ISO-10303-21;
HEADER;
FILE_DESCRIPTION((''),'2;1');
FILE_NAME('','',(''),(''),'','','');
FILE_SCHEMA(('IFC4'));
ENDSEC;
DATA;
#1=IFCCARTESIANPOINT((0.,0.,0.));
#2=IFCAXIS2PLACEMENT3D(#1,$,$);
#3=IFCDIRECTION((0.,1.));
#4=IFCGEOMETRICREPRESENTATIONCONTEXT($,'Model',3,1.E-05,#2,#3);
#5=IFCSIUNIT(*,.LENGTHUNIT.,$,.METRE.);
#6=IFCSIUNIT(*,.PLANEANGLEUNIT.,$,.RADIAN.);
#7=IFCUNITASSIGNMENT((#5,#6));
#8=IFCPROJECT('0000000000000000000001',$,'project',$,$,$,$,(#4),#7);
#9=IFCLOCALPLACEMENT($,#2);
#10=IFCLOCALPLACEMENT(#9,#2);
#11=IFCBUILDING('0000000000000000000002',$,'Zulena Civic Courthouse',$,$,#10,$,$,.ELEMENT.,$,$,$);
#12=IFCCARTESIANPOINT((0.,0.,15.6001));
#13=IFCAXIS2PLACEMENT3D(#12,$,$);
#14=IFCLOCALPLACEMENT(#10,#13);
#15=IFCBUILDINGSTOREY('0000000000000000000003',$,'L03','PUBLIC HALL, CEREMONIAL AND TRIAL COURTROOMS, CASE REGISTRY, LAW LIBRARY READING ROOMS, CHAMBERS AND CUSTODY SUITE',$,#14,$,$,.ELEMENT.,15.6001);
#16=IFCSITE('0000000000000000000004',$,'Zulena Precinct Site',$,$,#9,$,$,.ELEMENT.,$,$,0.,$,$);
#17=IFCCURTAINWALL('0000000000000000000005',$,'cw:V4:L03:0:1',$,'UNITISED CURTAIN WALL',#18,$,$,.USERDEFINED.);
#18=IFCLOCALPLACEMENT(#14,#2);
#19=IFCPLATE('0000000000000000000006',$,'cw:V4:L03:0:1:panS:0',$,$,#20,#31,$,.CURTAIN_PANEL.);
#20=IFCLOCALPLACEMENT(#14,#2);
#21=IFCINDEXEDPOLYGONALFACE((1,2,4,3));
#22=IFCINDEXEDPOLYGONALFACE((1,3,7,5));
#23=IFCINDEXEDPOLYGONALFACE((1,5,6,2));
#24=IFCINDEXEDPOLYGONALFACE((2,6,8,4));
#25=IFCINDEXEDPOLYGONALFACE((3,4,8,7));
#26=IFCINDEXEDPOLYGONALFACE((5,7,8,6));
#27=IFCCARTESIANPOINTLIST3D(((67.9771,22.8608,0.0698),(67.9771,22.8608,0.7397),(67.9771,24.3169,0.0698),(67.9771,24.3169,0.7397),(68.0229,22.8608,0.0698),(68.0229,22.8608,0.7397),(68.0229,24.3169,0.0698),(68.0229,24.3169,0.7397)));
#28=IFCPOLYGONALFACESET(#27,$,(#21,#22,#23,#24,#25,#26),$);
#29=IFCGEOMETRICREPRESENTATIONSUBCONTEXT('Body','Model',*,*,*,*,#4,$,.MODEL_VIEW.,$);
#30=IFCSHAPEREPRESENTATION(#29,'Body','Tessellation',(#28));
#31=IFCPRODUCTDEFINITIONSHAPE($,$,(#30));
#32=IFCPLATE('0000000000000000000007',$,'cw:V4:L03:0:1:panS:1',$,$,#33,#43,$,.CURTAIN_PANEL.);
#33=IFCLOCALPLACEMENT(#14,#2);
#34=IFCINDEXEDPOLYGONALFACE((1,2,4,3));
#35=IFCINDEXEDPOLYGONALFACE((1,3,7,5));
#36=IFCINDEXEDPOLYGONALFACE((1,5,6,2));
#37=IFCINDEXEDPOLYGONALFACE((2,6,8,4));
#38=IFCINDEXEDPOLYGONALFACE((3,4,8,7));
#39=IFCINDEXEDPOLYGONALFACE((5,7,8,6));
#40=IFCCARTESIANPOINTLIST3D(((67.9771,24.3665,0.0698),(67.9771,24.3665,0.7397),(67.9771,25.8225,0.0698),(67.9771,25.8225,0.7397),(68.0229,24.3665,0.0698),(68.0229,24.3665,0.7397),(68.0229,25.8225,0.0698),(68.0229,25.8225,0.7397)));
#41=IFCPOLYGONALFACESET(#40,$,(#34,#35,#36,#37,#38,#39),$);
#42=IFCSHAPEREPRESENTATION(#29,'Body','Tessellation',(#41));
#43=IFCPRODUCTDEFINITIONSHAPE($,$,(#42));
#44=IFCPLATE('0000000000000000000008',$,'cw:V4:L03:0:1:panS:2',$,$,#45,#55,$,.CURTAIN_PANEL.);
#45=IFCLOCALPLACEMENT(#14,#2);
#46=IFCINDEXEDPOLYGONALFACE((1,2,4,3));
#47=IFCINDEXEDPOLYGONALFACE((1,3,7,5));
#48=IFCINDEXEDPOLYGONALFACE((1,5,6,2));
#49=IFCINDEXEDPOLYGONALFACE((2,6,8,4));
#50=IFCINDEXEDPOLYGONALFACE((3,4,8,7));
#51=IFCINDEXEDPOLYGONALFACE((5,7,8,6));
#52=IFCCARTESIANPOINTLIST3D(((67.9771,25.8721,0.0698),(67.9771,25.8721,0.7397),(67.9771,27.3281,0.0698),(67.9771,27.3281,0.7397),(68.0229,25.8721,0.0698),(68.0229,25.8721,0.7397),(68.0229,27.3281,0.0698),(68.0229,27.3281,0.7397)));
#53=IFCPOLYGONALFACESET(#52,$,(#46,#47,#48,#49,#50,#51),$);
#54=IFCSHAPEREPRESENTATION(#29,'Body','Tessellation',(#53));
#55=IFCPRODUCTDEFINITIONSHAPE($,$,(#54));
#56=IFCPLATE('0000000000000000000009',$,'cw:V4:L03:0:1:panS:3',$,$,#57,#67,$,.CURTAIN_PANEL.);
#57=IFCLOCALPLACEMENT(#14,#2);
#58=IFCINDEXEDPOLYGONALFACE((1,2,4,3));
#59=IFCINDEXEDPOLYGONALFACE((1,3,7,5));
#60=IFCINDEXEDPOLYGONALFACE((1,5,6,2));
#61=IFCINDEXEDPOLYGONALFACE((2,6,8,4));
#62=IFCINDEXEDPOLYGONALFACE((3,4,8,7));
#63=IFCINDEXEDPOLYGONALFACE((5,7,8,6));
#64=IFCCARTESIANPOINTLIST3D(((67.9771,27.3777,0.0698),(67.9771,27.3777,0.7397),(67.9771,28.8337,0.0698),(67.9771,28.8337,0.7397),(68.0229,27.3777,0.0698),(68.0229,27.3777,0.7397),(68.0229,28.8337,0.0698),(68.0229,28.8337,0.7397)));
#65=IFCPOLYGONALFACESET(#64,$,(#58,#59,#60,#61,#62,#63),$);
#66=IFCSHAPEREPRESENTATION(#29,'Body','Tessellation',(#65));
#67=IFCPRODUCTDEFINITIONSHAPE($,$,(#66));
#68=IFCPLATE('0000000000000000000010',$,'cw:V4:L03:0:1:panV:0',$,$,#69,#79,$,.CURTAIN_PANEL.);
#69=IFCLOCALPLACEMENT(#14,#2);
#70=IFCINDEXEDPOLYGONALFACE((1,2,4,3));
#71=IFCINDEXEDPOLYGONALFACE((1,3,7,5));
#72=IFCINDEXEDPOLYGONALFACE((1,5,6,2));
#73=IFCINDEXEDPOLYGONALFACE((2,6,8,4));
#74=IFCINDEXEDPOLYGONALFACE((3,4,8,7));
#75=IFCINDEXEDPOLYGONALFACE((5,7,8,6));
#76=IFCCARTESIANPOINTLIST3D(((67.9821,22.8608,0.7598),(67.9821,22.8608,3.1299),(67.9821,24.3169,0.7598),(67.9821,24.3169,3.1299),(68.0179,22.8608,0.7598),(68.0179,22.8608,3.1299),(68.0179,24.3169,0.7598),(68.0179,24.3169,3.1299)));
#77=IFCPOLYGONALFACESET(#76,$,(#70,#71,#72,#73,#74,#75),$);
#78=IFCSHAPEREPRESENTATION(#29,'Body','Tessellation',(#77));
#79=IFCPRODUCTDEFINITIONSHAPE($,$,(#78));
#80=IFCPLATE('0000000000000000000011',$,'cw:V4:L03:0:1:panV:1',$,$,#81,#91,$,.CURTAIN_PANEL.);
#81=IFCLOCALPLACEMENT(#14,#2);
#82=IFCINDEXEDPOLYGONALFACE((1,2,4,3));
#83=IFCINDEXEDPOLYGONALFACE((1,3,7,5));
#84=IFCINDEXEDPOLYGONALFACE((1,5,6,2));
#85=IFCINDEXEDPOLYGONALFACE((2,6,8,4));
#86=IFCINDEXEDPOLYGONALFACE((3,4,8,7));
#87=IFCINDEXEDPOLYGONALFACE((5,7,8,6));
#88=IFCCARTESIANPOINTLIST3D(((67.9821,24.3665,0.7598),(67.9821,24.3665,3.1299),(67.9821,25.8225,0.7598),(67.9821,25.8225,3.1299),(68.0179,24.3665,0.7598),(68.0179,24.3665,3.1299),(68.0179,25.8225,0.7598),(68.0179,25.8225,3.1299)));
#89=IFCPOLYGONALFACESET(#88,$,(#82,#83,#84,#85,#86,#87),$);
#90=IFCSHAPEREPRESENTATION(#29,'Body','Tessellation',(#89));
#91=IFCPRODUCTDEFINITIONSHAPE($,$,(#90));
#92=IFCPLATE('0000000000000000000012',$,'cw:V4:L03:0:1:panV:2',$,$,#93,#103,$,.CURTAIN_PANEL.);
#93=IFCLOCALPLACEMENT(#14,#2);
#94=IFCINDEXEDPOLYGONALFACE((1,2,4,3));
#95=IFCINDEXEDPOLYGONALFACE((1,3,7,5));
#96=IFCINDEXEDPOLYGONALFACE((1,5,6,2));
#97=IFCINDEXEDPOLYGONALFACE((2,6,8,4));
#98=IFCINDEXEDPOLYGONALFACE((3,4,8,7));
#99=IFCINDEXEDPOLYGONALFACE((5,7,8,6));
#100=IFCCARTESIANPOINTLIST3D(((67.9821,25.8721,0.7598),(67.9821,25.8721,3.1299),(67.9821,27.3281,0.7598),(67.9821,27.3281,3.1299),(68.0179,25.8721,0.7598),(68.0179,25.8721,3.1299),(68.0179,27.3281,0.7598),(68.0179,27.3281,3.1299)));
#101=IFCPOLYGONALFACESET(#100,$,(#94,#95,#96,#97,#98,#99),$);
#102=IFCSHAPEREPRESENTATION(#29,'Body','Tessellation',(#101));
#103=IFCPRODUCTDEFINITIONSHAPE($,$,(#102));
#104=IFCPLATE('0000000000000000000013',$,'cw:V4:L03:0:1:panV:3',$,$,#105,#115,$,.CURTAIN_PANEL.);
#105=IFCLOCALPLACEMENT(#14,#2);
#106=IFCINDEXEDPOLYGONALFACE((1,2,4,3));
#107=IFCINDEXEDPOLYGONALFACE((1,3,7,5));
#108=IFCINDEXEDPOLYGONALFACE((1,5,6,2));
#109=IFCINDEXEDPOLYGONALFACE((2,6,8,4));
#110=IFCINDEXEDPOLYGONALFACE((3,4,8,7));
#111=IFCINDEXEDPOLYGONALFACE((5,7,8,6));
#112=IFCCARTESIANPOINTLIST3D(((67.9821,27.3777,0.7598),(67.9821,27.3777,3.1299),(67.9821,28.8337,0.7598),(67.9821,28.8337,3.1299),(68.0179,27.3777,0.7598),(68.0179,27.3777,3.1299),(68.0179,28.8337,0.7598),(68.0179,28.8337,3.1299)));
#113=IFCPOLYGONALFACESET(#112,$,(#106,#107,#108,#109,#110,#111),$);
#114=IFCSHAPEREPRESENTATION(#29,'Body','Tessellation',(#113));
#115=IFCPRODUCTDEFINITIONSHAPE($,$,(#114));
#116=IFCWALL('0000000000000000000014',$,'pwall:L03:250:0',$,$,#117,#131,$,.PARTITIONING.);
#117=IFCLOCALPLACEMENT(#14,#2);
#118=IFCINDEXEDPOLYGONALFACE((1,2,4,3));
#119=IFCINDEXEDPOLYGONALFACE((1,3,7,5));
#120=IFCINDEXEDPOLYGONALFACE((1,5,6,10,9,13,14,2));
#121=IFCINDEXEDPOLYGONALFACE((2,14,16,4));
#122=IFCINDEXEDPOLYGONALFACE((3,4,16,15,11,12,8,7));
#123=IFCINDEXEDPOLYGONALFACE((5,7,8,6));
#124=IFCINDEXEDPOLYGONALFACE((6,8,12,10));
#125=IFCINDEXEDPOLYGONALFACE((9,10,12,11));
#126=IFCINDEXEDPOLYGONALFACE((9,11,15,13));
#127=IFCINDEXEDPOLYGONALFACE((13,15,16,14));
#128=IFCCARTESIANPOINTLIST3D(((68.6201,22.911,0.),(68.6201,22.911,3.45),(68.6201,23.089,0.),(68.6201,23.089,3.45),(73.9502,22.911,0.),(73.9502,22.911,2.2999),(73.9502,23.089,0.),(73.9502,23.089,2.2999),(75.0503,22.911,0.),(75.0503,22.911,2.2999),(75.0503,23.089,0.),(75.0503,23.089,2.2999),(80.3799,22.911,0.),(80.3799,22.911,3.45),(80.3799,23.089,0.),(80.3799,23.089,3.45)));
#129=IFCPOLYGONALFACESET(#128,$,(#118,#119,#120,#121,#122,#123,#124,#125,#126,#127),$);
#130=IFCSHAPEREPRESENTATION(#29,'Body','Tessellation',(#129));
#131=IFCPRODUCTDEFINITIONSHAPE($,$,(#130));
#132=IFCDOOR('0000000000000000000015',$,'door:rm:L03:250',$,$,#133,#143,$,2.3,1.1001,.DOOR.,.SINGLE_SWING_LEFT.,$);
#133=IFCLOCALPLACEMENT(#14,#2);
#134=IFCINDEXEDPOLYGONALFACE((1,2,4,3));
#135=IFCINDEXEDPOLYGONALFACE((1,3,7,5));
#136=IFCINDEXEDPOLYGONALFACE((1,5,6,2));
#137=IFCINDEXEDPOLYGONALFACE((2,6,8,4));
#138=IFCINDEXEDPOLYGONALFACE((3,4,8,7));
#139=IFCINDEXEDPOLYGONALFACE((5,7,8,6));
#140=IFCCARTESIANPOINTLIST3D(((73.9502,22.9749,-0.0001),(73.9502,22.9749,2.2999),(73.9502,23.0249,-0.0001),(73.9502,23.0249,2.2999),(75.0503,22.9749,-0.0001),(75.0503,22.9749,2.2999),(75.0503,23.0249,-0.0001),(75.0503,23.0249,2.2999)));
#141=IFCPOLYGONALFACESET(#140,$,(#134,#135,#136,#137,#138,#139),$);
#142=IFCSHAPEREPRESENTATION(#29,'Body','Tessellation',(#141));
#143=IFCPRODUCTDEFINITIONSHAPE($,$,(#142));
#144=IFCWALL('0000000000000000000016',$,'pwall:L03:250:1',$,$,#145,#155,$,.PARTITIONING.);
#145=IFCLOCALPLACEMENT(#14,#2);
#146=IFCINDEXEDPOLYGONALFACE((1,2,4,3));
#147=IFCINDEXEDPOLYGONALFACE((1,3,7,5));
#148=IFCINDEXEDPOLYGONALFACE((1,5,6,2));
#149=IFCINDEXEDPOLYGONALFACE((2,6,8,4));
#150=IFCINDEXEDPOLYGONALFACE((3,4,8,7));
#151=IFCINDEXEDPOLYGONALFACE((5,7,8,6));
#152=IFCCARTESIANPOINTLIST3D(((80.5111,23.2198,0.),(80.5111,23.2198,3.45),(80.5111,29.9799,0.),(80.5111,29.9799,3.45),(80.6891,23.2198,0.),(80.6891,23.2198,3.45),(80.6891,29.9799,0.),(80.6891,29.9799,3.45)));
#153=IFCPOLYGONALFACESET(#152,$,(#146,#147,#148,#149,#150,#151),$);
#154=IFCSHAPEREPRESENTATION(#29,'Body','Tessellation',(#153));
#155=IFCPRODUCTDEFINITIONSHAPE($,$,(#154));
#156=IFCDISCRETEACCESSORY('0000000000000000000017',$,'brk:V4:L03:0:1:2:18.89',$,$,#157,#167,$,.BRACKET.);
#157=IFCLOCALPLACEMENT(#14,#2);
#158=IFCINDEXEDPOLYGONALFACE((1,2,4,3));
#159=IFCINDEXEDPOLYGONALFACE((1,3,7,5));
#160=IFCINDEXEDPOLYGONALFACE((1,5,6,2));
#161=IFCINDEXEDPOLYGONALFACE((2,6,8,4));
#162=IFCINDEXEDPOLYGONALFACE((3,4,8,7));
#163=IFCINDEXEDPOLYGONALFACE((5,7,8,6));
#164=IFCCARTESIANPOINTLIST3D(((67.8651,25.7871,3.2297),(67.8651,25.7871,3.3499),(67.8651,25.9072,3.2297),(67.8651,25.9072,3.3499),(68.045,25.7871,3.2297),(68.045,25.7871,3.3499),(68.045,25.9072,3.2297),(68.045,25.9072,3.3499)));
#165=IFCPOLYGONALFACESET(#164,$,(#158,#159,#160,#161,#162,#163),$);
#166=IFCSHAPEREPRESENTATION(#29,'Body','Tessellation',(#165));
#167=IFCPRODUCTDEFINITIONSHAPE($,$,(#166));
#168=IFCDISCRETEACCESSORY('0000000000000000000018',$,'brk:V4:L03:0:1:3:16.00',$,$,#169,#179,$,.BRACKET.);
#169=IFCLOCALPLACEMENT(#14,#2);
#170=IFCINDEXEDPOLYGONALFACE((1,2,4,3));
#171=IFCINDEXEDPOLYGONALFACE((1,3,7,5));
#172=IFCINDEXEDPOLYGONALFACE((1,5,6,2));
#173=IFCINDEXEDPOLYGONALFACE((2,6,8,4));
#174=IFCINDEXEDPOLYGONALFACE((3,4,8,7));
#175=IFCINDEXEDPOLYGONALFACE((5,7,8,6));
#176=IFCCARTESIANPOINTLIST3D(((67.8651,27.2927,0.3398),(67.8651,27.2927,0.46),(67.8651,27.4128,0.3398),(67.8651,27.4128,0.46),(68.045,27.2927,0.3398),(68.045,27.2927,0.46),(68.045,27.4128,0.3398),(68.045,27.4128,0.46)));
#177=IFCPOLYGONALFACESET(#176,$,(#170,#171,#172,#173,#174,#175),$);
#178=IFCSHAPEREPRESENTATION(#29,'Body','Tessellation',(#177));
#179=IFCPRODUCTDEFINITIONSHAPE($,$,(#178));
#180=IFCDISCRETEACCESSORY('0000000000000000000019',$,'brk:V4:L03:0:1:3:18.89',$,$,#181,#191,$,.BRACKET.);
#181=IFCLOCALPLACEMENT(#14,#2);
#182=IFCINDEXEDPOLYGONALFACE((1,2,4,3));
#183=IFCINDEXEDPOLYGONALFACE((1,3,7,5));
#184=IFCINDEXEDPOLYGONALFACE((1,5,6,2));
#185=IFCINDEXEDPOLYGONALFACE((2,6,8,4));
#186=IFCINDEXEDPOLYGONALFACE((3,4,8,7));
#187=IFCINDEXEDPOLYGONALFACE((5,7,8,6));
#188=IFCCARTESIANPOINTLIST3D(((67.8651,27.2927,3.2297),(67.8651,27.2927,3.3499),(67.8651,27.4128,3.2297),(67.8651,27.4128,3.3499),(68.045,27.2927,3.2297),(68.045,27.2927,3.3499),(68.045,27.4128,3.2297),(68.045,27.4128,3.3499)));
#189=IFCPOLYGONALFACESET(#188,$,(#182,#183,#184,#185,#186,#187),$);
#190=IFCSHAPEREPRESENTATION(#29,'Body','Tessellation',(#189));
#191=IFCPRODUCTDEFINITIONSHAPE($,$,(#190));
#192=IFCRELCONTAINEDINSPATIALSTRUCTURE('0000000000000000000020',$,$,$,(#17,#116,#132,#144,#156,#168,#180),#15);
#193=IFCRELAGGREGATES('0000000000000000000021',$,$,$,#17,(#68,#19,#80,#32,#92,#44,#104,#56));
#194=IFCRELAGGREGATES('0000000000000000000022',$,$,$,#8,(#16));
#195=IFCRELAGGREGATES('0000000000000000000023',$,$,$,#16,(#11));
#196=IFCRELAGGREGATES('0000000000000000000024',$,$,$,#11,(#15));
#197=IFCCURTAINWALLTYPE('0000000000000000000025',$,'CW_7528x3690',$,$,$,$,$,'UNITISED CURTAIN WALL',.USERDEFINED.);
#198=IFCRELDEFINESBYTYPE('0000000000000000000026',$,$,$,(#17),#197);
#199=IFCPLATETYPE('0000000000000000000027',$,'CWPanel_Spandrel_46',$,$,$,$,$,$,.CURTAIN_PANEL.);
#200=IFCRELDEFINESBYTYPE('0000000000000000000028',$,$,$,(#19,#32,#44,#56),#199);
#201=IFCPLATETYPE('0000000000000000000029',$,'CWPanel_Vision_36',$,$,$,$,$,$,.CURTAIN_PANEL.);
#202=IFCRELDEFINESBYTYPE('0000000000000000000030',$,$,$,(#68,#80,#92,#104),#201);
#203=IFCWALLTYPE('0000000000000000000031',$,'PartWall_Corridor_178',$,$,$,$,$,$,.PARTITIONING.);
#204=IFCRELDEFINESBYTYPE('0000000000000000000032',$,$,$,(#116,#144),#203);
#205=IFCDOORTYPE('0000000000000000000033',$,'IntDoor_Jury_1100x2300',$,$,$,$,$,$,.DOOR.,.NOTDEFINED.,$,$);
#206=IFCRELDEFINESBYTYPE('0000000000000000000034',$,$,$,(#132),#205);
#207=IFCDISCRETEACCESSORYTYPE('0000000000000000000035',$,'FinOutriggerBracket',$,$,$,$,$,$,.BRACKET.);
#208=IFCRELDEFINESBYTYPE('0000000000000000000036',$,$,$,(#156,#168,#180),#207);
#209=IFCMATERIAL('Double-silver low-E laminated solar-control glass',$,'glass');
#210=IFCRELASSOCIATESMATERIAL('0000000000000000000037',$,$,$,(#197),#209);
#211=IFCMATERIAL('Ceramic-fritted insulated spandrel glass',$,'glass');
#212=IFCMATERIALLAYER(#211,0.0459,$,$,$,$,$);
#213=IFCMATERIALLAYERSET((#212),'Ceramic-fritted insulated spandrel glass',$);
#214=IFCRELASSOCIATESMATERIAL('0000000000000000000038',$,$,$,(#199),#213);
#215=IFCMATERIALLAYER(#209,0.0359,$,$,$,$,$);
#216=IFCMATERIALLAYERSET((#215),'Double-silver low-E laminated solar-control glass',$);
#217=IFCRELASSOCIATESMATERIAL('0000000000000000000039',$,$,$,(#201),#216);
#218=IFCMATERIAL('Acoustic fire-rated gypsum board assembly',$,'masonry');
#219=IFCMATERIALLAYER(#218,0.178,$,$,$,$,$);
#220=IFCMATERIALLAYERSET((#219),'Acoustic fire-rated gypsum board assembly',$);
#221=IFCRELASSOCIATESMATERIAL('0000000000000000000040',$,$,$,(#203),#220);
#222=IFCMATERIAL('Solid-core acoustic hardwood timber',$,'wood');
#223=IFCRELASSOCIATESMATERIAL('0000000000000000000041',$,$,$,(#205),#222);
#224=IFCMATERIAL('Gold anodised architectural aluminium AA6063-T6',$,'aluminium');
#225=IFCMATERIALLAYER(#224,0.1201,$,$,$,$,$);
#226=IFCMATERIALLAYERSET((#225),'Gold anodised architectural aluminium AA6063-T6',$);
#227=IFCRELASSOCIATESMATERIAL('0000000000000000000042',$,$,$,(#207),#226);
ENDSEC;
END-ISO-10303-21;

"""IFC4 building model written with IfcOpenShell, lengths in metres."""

from ifc_helpers import new_model, si_unit, direction, frame, frame_2d, origin, origin_2d, place, context, subcontext, project, spatial, rectangle, extrude, material, layer, layer_set, type_object, element, fill, aggregate, save


model = new_model("IFC4")

# Units and contexts
model_context = context("Model", 3, precision=1e-05, world=origin(), true_north=direction((0.0, 1.0)))
body_context = subcontext(model_context, "Body", "Model", "MODEL_VIEW")
ifc_project = project(units=[si_unit("LENGTHUNIT", "METRE"), si_unit("PLANEANGLEUNIT", "RADIAN")], contexts=[model_context])

# Site, building, storey
site_placement = place(None, origin())
site = spatial("IfcSite", under=ifc_project, at=site_placement, Name="Zulena Precinct Site", CompositionType="ELEMENT", RefElevation=0.0)
building_placement = place(site_placement, origin())
building = spatial("IfcBuilding", under=site, at=building_placement, Name="Zulena Civic Courthouse", CompositionType="ELEMENT")
storey_placement = place(building_placement, frame((0.0, 0.0, 15.6001)))
storey = spatial("IfcBuildingStorey", under=building, at=storey_placement, Name="L03", Description="PUBLIC HALL, CEREMONIAL AND TRIAL COURTROOMS, CASE REGISTRY, LAW LIBRARY READING ROOMS, CHAMBERS AND CUSTODY SUITE", CompositionType="ELEMENT", Elevation=15.6001)

# Curtain wall
ifc_material_1 = material(Name="Double-silver low-E laminated solar-control glass", Category="glass")
curtain_wall_type = type_object("IfcCurtainWallType", Name="CW_7528x3690", ElementType="UNITISED CURTAIN WALL", PredefinedType="USERDEFINED", material=ifc_material_1)
curtain_wall_placement = place(storey_placement, origin())
curtain_wall = element("IfcCurtainWall", 1, at=curtain_wall_placement, inside=storey, type_object=curtain_wall_type, Name="cw:V4:L03:0:1", ObjectType="UNITISED CURTAIN WALL", PredefinedType="USERDEFINED")

# Plates
ifc_material_2 = material(Name="Ceramic-fritted insulated spandrel glass", Category="glass")
ifc_layer_1 = layer(ifc_material_2, 0.0459)
ifc_layer_set_1 = layer_set([ifc_layer_1], Name="Ceramic-fritted insulated spandrel glass")
plate_type_1 = type_object("IfcPlateType", Name="CWPanel_Spandrel_46", PredefinedType="CURTAIN_PANEL", material=ifc_layer_set_1)
plate_1_placement = place(storey_placement, frame((68.0, 23.5889, 0.0698), z_axis=(0.0, 0.0, 1.0), x_axis=(0.0, 1.0, 0.0)))
plate_1 = element("IfcPlate", 2, at=plate_1_placement, type_object=plate_type_1, Name="cw:V4:L03:0:1:panS:0", PredefinedType="CURTAIN_PANEL", context=body_context, shape_type="SweptSolid", body=[
    extrude(rectangle(XDim=1.4561, YDim=0.0459, at=origin_2d()), origin(), (0.0, 0.0, 1.0), 0.6699),
])
plate_2_placement = place(storey_placement, frame((68.0, 25.0945, 0.0698), z_axis=(0.0, 0.0, 1.0), x_axis=(0.0, 1.0, 0.0)))
plate_2 = element("IfcPlate", 3, at=plate_2_placement, type_object=plate_type_1, Name="cw:V4:L03:0:1:panS:1", PredefinedType="CURTAIN_PANEL", context=body_context, shape_type="SweptSolid", body=[
    extrude(rectangle(XDim=1.4561, YDim=0.0459, at=origin_2d()), origin(), (0.0, 0.0, 1.0), 0.6699),
])
plate_3_placement = place(storey_placement, frame((68.0, 26.6001, 0.0698), z_axis=(0.0, 0.0, 1.0), x_axis=(0.0, 1.0, 0.0)))
plate_3 = element("IfcPlate", 4, at=plate_3_placement, type_object=plate_type_1, Name="cw:V4:L03:0:1:panS:2", PredefinedType="CURTAIN_PANEL", context=body_context, shape_type="SweptSolid", body=[
    extrude(rectangle(XDim=1.4561, YDim=0.0459, at=origin_2d()), origin(), (0.0, 0.0, 1.0), 0.6699),
])
plate_4_placement = place(storey_placement, frame((68.0, 28.1057, 0.0698), z_axis=(0.0, 0.0, 1.0), x_axis=(0.0, 1.0, 0.0)))
plate_4 = element("IfcPlate", 5, at=plate_4_placement, type_object=plate_type_1, Name="cw:V4:L03:0:1:panS:3", PredefinedType="CURTAIN_PANEL", context=body_context, shape_type="SweptSolid", body=[
    extrude(rectangle(XDim=1.4561, YDim=0.0459, at=origin_2d()), origin(), (0.0, 0.0, 1.0), 0.6699),
])
ifc_layer_2 = layer(ifc_material_1, 0.0359)
ifc_layer_set_2 = layer_set([ifc_layer_2], Name="Double-silver low-E laminated solar-control glass")
plate_type_2 = type_object("IfcPlateType", Name="CWPanel_Vision_36", PredefinedType="CURTAIN_PANEL", material=ifc_layer_set_2)
plate_5_placement = place(storey_placement, frame((68.0, 23.5889, 0.7598), z_axis=(0.0, 0.0, 1.0), x_axis=(0.0, 1.0, 0.0)))
plate_5 = element("IfcPlate", 6, at=plate_5_placement, type_object=plate_type_2, Name="cw:V4:L03:0:1:panV:0", PredefinedType="CURTAIN_PANEL", context=body_context, shape_type="SweptSolid", body=[
    extrude(rectangle(XDim=1.4561, YDim=0.0359, at=origin_2d()), origin(), (0.0, 0.0, 1.0), 2.3701),
])
plate_6_placement = place(storey_placement, frame((68.0, 25.0945, 0.7598), z_axis=(0.0, 0.0, 1.0), x_axis=(0.0, 1.0, 0.0)))
plate_6 = element("IfcPlate", 7, at=plate_6_placement, type_object=plate_type_2, Name="cw:V4:L03:0:1:panV:1", PredefinedType="CURTAIN_PANEL", context=body_context, shape_type="SweptSolid", body=[
    extrude(rectangle(XDim=1.4561, YDim=0.0359, at=origin_2d()), origin(), (0.0, 0.0, 1.0), 2.3701),
])
plate_7_placement = place(storey_placement, frame((68.0, 26.6001, 0.7598), z_axis=(0.0, 0.0, 1.0), x_axis=(0.0, 1.0, 0.0)))
plate_7 = element("IfcPlate", 8, at=plate_7_placement, type_object=plate_type_2, Name="cw:V4:L03:0:1:panV:2", PredefinedType="CURTAIN_PANEL", context=body_context, shape_type="SweptSolid", body=[
    extrude(rectangle(XDim=1.4561, YDim=0.0359, at=origin_2d()), origin(), (0.0, 0.0, 1.0), 2.3701),
])
plate_8_placement = place(storey_placement, frame((68.0, 28.1057, 0.7598), z_axis=(0.0, 0.0, 1.0), x_axis=(0.0, 1.0, 0.0)))
plate_8 = element("IfcPlate", 9, at=plate_8_placement, type_object=plate_type_2, Name="cw:V4:L03:0:1:panV:3", PredefinedType="CURTAIN_PANEL", context=body_context, shape_type="SweptSolid", body=[
    extrude(rectangle(XDim=1.4561, YDim=0.0359, at=origin_2d()), origin(), (0.0, 0.0, 1.0), 2.3701),
])
aggregate(curtain_wall, [plate_5, plate_1, plate_6, plate_2, plate_7, plate_3, plate_8, plate_4])

# Wall, opening, door
ifc_material_3 = material(Name="Acoustic fire-rated gypsum board assembly", Category="masonry")
ifc_layer_3 = layer(ifc_material_3, 0.178)
ifc_layer_set_3 = layer_set([ifc_layer_3], Name="Acoustic fire-rated gypsum board assembly")
wall_type = type_object("IfcWallType", Name="PartWall_Corridor_178", PredefinedType="PARTITIONING", material=ifc_layer_set_3)
wall_1_placement = place(storey_placement, frame((68.6201, 23.0, 0.0), z_axis=(0.0, 0.0, 1.0), x_axis=(1.0, 0.0, 0.0)))
wall_1 = element("IfcWall", 10, at=wall_1_placement, inside=storey, type_object=wall_type, Name="pwall:L03:250:0", PredefinedType="PARTITIONING", context=body_context, shape_type="SweptSolid", body=[
    extrude(rectangle(XDim=11.7598, YDim=0.178, at=frame_2d((5.8799, 0.0))), origin(), (0.0, 0.0, 1.0), 3.45),
])
opening_placement = place(wall_1_placement, frame((5.3301, 0.0, 0.0)))
opening = element("IfcOpeningElement", 11, at=opening_placement, cuts=wall_1, PredefinedType="OPENING", context=body_context, shape_type="SweptSolid", body=[
    extrude(rectangle(XDim=1.1001, YDim=2.3, at=frame_2d((0.55, 1.1499))), frame((0.0, 0.0989, 0.0), z_axis=(0.0, -1.0, 0.0), x_axis=(1.0, 0.0, 0.0)), (0.0, 0.0, 1.0), 0.198),
])
ifc_material_4 = material(Name="Solid-core acoustic hardwood timber", Category="wood")
door_type = type_object("IfcDoorType", Name="IntDoor_Jury_1100x2300", OperationType="NOTDEFINED", PredefinedType="DOOR", material=ifc_material_4)
door_placement = place(opening_placement, origin())
door = element("IfcDoor", 12, at=door_placement, inside=storey, type_object=door_type, Name="door:rm:L03:250", OperationType="SINGLE_SWING_LEFT", OverallHeight=2.3, OverallWidth=1.1001, PredefinedType="DOOR", context=body_context, shape_type="SweptSolid", body=[
    extrude(rectangle(XDim=1.1001, YDim=2.3, at=frame_2d((0.55, 1.1499))), frame((0.0, 0.0249, 0.0), z_axis=(0.0, -1.0, 0.0), x_axis=(1.0, 0.0, 0.0)), (0.0, 0.0, 1.0), 0.05),
])
fill(opening, door)

# Wall
wall_2_placement = place(storey_placement, frame((80.6001, 23.22, 0.0), z_axis=(0.0, 0.0, 1.0), x_axis=(0.0, 1.0, 0.0)))
element("IfcWall", 13, at=wall_2_placement, inside=storey, type_object=wall_type, Name="pwall:L03:250:1", PredefinedType="PARTITIONING", context=body_context, shape_type="SweptSolid", body=[
    extrude(rectangle(XDim=6.76, YDim=0.178, at=frame_2d((3.3799, 0.0))), origin(), (0.0, 0.0, 1.0), 3.45),
])

# Discrete accessories
ifc_material_5 = material(Name="Gold anodised architectural aluminium AA6063-T6", Category="aluminium")
ifc_layer_4 = layer(ifc_material_5, 0.1201)
ifc_layer_set_4 = layer_set([ifc_layer_4], Name="Gold anodised architectural aluminium AA6063-T6")
discrete_accessory_type = type_object("IfcDiscreteAccessoryType", Name="FinOutriggerBracket", PredefinedType="BRACKET", material=ifc_layer_set_4)
for number, where, z_axis, x_axis, name in (
    (14, (67.9551, 25.8472, 3.2297), (0.0, 0.0, 1.0), (-1.0, 0.0, 0.0), "brk:V4:L03:0:1:2:18.89"),
    (15, (67.9551, 27.3528, 0.3398), (0.0, 0.0, 1.0), (-1.0, 0.0, 0.0), "brk:V4:L03:0:1:3:16.00"),
    (16, (67.9551, 27.3528, 3.2297), (0.0, 0.0, 1.0), (-1.0, 0.0, 0.0), "brk:V4:L03:0:1:3:18.89"),
):
    element("IfcDiscreteAccessory", number, at=place(storey_placement, frame(where, z_axis=z_axis, x_axis=x_axis)), inside=storey, type_object=discrete_accessory_type, Name=name, PredefinedType="BRACKET", context=body_context, shape_type="SweptSolid", body=[
        extrude(rectangle(XDim=0.1799, YDim=0.1201, at=origin_2d()), origin(), (0.0, 0.0, 1.0), 0.1201),
    ])

save(model, "model.ifc")
